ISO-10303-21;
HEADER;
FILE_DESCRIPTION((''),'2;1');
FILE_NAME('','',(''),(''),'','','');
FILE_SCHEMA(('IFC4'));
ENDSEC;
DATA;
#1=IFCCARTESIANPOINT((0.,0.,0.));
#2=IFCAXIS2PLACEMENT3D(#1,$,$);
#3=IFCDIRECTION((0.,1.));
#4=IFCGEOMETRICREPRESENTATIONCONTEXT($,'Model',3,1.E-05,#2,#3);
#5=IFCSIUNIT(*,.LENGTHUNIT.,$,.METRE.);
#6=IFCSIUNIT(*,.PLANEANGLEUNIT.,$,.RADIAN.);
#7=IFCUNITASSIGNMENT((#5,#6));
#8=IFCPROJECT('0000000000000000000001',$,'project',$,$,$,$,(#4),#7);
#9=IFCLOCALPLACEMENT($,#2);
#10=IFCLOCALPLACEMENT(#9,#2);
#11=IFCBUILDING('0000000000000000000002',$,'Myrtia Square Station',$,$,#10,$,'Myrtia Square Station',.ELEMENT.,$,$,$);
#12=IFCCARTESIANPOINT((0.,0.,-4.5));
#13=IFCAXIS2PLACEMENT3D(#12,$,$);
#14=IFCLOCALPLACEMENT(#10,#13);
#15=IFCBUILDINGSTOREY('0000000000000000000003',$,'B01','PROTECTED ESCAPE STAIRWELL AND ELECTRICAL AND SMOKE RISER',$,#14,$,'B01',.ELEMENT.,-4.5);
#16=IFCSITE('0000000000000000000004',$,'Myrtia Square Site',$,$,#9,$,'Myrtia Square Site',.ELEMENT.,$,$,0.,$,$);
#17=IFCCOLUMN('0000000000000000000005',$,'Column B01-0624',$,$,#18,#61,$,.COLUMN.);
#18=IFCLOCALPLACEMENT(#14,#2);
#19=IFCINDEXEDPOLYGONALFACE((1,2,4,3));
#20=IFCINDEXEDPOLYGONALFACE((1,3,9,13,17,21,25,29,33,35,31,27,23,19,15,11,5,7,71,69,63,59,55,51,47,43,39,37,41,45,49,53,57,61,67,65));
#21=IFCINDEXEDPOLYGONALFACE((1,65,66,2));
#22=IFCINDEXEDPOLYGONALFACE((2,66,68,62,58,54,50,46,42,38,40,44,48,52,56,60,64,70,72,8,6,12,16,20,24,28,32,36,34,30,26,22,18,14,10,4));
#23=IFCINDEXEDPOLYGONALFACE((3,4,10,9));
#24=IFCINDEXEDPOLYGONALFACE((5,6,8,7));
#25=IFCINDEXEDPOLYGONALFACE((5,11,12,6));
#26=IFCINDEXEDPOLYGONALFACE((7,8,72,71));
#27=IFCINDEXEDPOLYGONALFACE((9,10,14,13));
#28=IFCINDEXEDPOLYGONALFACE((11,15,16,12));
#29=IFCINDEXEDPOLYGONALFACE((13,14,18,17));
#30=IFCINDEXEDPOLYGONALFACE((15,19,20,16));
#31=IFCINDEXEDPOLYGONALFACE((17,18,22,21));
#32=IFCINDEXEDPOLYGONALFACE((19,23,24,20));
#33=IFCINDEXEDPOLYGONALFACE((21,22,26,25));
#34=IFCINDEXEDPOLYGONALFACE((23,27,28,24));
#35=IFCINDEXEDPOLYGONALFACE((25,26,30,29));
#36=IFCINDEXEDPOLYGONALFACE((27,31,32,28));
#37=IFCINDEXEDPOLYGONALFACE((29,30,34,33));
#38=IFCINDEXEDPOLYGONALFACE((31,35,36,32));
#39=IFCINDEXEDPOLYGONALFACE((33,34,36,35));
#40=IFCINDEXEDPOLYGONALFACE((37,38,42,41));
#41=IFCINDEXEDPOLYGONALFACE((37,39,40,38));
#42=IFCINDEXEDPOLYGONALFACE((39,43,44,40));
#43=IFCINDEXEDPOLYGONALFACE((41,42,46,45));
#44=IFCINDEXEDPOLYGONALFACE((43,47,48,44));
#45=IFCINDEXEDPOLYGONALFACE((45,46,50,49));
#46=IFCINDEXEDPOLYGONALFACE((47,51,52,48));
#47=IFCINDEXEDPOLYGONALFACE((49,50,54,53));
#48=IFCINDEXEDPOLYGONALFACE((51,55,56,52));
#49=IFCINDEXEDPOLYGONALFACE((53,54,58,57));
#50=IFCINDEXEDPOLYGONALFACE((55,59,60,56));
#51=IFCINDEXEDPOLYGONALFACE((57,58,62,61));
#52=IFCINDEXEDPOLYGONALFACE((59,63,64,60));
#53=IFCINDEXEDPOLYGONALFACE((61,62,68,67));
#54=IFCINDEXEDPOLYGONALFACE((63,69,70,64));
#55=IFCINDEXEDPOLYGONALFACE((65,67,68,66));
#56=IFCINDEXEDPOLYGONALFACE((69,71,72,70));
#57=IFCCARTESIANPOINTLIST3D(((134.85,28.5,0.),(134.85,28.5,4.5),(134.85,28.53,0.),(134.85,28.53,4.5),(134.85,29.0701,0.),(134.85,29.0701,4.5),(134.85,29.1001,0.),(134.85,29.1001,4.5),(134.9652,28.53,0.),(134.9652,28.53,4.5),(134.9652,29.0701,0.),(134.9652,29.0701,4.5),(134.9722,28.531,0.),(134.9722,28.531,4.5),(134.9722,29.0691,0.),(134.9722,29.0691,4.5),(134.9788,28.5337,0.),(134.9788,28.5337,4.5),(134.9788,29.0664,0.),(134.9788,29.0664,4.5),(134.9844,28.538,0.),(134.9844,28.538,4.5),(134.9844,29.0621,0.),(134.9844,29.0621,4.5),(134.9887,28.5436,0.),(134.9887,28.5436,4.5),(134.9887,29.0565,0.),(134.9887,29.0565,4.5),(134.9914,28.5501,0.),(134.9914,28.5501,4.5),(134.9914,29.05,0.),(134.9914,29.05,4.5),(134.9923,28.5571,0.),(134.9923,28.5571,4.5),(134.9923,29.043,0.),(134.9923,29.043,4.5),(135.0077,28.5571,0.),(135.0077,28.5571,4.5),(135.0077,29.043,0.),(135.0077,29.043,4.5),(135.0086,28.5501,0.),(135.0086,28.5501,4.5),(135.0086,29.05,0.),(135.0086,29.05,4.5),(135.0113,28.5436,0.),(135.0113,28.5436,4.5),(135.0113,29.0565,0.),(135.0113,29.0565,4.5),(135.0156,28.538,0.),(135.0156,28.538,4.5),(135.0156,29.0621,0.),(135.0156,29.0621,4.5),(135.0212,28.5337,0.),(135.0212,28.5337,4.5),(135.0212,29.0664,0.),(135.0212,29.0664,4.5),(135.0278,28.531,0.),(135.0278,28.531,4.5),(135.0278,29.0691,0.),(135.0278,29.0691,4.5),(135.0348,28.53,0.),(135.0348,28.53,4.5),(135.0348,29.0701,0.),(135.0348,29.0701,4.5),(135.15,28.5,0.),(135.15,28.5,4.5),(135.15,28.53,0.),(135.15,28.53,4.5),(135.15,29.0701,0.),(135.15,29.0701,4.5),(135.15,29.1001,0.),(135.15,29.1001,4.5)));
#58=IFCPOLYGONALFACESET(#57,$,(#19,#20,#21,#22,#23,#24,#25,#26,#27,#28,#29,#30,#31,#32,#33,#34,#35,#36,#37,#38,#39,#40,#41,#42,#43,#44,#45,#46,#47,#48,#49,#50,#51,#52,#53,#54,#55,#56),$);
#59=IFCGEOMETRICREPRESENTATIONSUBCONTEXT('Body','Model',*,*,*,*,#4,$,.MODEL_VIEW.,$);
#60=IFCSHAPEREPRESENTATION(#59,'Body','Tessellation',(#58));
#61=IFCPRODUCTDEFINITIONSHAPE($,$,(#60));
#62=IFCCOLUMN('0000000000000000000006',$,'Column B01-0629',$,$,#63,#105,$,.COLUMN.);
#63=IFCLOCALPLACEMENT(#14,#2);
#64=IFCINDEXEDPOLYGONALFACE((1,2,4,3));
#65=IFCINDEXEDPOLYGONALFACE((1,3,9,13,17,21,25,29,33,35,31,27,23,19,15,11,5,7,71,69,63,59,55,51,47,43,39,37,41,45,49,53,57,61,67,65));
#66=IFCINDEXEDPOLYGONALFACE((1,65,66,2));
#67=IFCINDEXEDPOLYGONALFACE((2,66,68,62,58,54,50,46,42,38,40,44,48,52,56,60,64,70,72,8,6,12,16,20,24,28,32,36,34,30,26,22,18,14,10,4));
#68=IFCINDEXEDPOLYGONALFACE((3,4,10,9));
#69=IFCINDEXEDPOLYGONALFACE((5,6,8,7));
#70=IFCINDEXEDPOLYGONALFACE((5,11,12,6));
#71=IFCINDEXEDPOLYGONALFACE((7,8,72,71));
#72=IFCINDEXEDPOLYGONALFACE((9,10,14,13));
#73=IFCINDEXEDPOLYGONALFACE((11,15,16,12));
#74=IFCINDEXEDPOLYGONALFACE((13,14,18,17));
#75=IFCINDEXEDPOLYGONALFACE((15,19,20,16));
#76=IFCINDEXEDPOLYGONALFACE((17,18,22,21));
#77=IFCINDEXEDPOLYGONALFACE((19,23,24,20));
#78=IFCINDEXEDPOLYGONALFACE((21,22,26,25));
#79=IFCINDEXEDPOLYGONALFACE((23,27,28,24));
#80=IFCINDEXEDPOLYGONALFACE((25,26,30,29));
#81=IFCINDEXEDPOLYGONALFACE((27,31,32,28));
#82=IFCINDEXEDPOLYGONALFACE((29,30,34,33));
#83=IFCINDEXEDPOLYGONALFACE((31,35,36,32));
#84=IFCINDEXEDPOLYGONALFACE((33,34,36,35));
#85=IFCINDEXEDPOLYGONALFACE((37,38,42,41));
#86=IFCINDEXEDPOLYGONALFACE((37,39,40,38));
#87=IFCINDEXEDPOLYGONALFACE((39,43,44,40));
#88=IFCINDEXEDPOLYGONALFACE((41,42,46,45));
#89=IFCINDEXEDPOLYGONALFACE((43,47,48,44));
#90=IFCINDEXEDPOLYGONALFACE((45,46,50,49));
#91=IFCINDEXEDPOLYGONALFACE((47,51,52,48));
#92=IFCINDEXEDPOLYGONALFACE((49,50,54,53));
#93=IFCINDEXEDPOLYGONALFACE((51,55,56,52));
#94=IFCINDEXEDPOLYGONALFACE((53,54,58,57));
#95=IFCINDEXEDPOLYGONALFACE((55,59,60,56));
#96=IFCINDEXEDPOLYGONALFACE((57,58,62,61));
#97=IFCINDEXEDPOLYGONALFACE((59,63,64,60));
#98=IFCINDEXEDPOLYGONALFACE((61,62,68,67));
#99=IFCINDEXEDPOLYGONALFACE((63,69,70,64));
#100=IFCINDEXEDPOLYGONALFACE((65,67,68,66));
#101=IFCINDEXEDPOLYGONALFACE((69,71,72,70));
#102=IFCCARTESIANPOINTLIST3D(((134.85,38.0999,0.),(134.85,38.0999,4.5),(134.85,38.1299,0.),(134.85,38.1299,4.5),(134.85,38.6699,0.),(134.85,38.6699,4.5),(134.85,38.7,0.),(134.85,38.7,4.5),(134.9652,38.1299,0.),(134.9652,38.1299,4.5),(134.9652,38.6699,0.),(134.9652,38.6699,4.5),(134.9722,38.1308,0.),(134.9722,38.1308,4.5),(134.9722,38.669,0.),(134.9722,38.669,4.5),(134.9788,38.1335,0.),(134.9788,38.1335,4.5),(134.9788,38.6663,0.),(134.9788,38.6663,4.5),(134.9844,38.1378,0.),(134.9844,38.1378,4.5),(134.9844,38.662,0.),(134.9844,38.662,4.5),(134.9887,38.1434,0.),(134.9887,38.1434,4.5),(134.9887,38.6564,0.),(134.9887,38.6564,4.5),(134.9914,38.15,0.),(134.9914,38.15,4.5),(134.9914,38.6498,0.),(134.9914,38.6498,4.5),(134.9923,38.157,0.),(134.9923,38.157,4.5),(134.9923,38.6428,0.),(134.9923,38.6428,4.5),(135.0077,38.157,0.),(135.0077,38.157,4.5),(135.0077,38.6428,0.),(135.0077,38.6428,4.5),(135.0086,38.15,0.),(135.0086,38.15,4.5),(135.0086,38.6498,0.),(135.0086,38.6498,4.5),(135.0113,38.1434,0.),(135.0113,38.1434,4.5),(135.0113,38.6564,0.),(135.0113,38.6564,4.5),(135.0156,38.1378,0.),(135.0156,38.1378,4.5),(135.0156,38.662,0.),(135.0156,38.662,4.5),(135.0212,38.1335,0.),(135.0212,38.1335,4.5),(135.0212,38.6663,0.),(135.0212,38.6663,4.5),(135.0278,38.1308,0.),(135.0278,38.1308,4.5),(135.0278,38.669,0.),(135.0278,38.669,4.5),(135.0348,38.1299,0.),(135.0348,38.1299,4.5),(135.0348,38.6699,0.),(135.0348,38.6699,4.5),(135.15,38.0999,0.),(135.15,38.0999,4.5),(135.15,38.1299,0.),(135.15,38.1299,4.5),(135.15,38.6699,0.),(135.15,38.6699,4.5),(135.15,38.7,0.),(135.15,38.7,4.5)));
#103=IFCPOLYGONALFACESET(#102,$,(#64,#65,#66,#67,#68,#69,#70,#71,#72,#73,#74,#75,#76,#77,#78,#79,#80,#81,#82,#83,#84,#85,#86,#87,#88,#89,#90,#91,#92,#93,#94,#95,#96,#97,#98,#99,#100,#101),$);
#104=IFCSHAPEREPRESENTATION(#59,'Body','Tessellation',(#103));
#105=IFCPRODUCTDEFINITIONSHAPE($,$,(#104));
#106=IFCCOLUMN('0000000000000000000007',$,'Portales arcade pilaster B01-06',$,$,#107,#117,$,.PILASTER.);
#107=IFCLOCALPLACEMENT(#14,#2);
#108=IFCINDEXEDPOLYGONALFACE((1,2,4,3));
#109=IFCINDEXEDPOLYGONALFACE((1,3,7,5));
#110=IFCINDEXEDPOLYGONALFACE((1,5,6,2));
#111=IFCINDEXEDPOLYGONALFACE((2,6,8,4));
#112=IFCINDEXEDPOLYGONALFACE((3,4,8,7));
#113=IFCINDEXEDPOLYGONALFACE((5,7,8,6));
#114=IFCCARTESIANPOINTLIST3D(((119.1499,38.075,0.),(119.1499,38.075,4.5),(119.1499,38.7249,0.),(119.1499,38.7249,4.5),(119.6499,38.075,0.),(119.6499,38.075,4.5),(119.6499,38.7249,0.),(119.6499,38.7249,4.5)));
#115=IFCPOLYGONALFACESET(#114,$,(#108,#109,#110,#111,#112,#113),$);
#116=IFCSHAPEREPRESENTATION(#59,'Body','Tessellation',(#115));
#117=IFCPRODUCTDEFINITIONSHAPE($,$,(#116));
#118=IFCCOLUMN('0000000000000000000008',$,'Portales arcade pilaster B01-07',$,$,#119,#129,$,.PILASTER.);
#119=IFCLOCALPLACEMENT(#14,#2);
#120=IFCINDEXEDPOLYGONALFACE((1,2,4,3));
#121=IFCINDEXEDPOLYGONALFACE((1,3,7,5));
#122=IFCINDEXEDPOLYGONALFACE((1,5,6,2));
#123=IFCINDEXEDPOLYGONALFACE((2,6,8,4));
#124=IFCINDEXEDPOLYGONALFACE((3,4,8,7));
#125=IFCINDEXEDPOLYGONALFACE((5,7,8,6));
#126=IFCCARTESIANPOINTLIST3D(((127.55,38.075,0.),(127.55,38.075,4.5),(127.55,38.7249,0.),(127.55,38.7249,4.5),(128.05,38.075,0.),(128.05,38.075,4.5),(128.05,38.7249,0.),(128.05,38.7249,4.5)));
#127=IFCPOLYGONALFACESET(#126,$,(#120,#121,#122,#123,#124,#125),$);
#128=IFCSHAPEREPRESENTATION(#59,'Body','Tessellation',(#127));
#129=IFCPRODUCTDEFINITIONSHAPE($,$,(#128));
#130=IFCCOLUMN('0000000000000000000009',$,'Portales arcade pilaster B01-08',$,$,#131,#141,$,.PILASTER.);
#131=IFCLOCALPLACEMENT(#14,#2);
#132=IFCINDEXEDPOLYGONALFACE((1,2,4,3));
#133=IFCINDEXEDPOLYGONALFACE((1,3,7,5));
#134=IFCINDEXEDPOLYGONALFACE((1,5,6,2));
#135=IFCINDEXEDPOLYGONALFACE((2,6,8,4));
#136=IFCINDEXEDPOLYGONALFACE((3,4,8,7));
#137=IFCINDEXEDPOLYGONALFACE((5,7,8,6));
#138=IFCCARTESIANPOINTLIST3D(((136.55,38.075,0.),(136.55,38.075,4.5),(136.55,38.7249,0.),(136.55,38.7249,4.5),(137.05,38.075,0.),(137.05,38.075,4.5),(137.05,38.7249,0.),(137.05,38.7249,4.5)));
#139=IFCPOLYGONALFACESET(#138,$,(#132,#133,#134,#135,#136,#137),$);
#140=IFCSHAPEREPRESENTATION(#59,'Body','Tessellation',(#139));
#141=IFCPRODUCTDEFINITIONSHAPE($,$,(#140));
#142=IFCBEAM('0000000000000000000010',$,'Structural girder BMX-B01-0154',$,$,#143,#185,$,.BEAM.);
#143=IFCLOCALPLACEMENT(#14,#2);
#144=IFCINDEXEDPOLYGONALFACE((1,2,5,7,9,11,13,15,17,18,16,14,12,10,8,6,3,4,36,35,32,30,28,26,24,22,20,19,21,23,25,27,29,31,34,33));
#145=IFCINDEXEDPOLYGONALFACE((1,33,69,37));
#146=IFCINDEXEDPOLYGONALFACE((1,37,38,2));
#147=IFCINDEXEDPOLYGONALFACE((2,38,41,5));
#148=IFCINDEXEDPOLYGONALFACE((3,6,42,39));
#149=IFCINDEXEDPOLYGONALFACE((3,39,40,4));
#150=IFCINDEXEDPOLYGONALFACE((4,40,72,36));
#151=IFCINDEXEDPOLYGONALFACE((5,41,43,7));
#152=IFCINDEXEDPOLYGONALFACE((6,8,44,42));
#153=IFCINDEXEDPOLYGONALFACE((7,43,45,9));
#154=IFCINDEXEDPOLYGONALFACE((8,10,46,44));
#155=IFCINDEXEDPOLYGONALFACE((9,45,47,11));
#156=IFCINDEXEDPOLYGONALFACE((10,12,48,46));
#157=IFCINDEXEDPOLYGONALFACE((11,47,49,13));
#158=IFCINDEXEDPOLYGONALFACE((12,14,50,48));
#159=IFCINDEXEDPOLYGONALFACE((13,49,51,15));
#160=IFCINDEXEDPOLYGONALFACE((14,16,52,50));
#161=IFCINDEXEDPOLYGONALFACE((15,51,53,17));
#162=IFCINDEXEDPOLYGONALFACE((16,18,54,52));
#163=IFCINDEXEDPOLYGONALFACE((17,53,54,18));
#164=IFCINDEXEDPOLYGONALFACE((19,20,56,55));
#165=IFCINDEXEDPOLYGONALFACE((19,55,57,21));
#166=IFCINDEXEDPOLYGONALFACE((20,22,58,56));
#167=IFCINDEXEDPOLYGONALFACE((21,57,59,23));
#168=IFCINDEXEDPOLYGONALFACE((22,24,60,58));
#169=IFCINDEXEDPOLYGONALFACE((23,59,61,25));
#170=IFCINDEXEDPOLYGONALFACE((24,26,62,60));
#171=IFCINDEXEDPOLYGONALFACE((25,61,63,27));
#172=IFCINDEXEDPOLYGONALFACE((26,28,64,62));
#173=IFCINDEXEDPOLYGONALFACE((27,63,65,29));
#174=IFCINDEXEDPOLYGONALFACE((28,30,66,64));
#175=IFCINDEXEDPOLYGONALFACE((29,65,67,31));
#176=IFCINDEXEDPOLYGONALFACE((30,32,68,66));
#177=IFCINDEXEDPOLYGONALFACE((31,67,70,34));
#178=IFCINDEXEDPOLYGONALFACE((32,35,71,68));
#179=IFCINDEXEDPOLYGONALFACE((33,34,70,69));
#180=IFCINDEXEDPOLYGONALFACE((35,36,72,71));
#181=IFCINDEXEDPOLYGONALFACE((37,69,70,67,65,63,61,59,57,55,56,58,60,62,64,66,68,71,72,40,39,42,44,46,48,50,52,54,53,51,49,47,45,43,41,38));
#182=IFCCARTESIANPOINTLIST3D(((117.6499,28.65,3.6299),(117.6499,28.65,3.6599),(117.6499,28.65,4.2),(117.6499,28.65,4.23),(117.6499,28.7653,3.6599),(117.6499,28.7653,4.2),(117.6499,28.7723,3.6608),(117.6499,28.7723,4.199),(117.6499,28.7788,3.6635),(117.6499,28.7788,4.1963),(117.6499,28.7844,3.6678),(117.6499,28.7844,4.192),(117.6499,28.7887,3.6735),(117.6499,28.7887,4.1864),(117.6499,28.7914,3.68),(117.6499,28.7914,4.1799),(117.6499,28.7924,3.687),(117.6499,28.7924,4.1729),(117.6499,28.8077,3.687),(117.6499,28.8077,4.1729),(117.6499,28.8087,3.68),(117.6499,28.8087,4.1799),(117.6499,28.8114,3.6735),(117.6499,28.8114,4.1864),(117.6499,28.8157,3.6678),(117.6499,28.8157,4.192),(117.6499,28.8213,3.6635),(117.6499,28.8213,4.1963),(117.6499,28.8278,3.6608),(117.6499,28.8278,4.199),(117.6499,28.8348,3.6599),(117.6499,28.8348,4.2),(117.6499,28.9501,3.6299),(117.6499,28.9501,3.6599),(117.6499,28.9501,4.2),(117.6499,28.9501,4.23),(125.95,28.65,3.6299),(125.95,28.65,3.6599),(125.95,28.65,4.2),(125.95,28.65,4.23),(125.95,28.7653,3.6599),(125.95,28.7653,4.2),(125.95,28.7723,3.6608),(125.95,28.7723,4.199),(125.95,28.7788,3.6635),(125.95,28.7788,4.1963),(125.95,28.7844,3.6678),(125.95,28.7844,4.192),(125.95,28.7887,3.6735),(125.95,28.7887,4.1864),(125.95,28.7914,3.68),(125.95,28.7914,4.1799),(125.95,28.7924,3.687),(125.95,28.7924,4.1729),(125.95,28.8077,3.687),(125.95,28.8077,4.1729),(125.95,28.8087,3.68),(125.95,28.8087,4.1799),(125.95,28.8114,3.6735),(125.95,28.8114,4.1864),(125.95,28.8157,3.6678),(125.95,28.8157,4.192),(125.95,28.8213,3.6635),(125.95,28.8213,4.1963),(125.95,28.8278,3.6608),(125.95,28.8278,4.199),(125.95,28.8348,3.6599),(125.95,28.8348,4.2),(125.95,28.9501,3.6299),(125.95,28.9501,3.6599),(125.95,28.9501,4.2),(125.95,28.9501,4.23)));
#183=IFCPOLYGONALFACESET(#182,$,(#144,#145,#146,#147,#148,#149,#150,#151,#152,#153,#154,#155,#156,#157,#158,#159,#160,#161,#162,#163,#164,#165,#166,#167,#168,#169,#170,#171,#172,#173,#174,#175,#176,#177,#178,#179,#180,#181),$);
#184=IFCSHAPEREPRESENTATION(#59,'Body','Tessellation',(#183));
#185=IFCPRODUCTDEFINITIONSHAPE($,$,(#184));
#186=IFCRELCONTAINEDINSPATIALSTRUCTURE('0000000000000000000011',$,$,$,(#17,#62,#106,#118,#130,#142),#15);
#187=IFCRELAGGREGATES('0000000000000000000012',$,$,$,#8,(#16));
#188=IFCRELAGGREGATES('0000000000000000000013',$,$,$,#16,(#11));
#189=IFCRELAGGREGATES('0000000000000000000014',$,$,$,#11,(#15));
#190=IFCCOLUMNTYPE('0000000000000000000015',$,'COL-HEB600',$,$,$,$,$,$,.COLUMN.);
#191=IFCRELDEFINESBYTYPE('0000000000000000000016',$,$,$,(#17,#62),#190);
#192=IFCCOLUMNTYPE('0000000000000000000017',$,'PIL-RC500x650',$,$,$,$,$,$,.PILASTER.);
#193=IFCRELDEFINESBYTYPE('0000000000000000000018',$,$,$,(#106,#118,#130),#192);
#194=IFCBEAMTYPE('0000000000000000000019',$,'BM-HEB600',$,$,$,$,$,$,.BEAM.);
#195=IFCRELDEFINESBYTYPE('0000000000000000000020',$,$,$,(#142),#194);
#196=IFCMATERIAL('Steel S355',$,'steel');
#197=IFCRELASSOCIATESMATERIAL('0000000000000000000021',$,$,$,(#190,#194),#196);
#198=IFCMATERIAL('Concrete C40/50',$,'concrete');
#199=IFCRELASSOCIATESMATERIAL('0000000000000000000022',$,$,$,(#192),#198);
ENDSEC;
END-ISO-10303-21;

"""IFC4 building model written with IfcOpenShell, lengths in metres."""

from ifc_helpers import new_model, si_unit, direction, frame, origin, origin_2d, place, context, subcontext, project, spatial, rectangle, i_section, extrude, material, material_profile, profile_set, type_object, element, save


model = new_model("IFC4")

# Units and contexts
model_context = context("Model", 3, precision=1e-05, world=origin(), true_north=direction((0.0, 1.0)))
body_context = subcontext(model_context, "Body", "Model", "MODEL_VIEW")
ifc_project = project(units=[si_unit("LENGTHUNIT", "METRE"), si_unit("PLANEANGLEUNIT", "RADIAN")], contexts=[model_context])

# Site, building, storey
site_placement = place(None, origin())
site = spatial("IfcSite", under=ifc_project, at=site_placement, Name="Myrtia Square Site", LongName="Myrtia Square Site", CompositionType="ELEMENT", RefElevation=0.0)
building_placement = place(site_placement, origin())
building = spatial("IfcBuilding", under=site, at=building_placement, Name="Myrtia Square Station", LongName="Myrtia Square Station", CompositionType="ELEMENT")
storey_placement = place(building_placement, frame((0.0, 0.0, -4.5)))
storey = spatial("IfcBuildingStorey", under=building, at=storey_placement, Name="B01", Description="PROTECTED ESCAPE STAIRWELL AND ELECTRICAL AND SMOKE RISER", LongName="B01", CompositionType="ELEMENT", Elevation=-4.5)

# Columns
ifc_material_1 = material(Name="Steel S355", Category="steel")
ifc_material_profile_1 = material_profile(ifc_material_1, i_section(OverallWidth=0.3, OverallDepth=0.6001, WebThickness=0.0154, FlangeThickness=0.03, FilletRadius=0.0271, at=origin_2d()), Name="HEB 600")
ifc_profile_set_1 = profile_set([ifc_material_profile_1], Name="Steel S355")
column_type_1 = type_object("IfcColumnType", Name="COL-HEB600", PredefinedType="COLUMN", material=ifc_profile_set_1)
for number, where, z_axis, x_axis, name in (
    (1, (135.0, 28.8, 0.0), (0.0, 0.0, 1.0), (1.0, 0.0, 0.0), "Column B01-0624"),
    (2, (135.0, 38.3999, 0.0), (0.0, 0.0, 1.0), (1.0, 0.0, 0.0), "Column B01-0629"),
):
    element("IfcColumn", number, at=place(storey_placement, frame(where, z_axis=z_axis, x_axis=x_axis)), inside=storey, type_object=column_type_1, Name=name, PredefinedType="COLUMN", context=body_context, shape_type="SweptSolid", body=[
        extrude(i_section(OverallWidth=0.3, OverallDepth=0.6001, WebThickness=0.0154, FlangeThickness=0.03, FilletRadius=0.0271, at=origin_2d()), origin(), (0.0, 0.0, 1.0), 4.5),
    ])
ifc_material_2 = material(Name="Concrete C40/50", Category="concrete")
ifc_material_profile_2 = material_profile(ifc_material_2, rectangle(XDim=0.5, YDim=0.6499, at=origin_2d()), Name="PIL 500x650")
ifc_profile_set_2 = profile_set([ifc_material_profile_2], Name="Concrete C40/50")
column_type_2 = type_object("IfcColumnType", Name="PIL-RC500x650", PredefinedType="PILASTER", material=ifc_profile_set_2)
for number, where, z_axis, x_axis, name in (
    (3, (119.3999, 38.3999, 0.0), (0.0, 0.0, 1.0), (1.0, 0.0, 0.0), "Portales arcade pilaster B01-06"),
    (4, (127.8, 38.3999, 0.0), (0.0, 0.0, 1.0), (1.0, 0.0, 0.0), "Portales arcade pilaster B01-07"),
    (5, (136.8, 38.3999, 0.0), (0.0, 0.0, 1.0), (1.0, 0.0, 0.0), "Portales arcade pilaster B01-08"),
):
    element("IfcColumn", number, at=place(storey_placement, frame(where, z_axis=z_axis, x_axis=x_axis)), inside=storey, type_object=column_type_2, Name=name, PredefinedType="PILASTER", context=body_context, shape_type="SweptSolid", body=[
        extrude(rectangle(XDim=0.5, YDim=0.6499, at=origin_2d()), origin(), (0.0, 0.0, 1.0), 4.5),
    ])

# Beam
ifc_material_profile_3 = material_profile(ifc_material_1, i_section(OverallWidth=0.3, OverallDepth=0.6001, WebThickness=0.0154, FlangeThickness=0.03, FilletRadius=0.0271, at=origin_2d()), Name="HEB 600")
ifc_profile_set_3 = profile_set([ifc_material_profile_3], Name="Steel S355")
beam_type_1 = type_object("IfcBeamType", Name="BM-HEB600", PredefinedType="BEAM", material=ifc_profile_set_3)
beam_1_placement = place(storey_placement, frame((117.6499, 28.8, 3.9299), z_axis=(1.0, 0.0, 0.0), x_axis=(0.0, 1.0, 0.0)))
element("IfcBeam", 6, at=beam_1_placement, inside=storey, type_object=beam_type_1, Name="Structural girder BMX-B01-0154", PredefinedType="BEAM", context=body_context, shape_type="SweptSolid", body=[
    extrude(i_section(OverallWidth=0.3, OverallDepth=0.6001, WebThickness=0.0154, FlangeThickness=0.03, FilletRadius=0.0271, at=origin_2d()), origin(), (0.0, 0.0, 1.0), 8.3),
])

save(model, "model.ifc")
